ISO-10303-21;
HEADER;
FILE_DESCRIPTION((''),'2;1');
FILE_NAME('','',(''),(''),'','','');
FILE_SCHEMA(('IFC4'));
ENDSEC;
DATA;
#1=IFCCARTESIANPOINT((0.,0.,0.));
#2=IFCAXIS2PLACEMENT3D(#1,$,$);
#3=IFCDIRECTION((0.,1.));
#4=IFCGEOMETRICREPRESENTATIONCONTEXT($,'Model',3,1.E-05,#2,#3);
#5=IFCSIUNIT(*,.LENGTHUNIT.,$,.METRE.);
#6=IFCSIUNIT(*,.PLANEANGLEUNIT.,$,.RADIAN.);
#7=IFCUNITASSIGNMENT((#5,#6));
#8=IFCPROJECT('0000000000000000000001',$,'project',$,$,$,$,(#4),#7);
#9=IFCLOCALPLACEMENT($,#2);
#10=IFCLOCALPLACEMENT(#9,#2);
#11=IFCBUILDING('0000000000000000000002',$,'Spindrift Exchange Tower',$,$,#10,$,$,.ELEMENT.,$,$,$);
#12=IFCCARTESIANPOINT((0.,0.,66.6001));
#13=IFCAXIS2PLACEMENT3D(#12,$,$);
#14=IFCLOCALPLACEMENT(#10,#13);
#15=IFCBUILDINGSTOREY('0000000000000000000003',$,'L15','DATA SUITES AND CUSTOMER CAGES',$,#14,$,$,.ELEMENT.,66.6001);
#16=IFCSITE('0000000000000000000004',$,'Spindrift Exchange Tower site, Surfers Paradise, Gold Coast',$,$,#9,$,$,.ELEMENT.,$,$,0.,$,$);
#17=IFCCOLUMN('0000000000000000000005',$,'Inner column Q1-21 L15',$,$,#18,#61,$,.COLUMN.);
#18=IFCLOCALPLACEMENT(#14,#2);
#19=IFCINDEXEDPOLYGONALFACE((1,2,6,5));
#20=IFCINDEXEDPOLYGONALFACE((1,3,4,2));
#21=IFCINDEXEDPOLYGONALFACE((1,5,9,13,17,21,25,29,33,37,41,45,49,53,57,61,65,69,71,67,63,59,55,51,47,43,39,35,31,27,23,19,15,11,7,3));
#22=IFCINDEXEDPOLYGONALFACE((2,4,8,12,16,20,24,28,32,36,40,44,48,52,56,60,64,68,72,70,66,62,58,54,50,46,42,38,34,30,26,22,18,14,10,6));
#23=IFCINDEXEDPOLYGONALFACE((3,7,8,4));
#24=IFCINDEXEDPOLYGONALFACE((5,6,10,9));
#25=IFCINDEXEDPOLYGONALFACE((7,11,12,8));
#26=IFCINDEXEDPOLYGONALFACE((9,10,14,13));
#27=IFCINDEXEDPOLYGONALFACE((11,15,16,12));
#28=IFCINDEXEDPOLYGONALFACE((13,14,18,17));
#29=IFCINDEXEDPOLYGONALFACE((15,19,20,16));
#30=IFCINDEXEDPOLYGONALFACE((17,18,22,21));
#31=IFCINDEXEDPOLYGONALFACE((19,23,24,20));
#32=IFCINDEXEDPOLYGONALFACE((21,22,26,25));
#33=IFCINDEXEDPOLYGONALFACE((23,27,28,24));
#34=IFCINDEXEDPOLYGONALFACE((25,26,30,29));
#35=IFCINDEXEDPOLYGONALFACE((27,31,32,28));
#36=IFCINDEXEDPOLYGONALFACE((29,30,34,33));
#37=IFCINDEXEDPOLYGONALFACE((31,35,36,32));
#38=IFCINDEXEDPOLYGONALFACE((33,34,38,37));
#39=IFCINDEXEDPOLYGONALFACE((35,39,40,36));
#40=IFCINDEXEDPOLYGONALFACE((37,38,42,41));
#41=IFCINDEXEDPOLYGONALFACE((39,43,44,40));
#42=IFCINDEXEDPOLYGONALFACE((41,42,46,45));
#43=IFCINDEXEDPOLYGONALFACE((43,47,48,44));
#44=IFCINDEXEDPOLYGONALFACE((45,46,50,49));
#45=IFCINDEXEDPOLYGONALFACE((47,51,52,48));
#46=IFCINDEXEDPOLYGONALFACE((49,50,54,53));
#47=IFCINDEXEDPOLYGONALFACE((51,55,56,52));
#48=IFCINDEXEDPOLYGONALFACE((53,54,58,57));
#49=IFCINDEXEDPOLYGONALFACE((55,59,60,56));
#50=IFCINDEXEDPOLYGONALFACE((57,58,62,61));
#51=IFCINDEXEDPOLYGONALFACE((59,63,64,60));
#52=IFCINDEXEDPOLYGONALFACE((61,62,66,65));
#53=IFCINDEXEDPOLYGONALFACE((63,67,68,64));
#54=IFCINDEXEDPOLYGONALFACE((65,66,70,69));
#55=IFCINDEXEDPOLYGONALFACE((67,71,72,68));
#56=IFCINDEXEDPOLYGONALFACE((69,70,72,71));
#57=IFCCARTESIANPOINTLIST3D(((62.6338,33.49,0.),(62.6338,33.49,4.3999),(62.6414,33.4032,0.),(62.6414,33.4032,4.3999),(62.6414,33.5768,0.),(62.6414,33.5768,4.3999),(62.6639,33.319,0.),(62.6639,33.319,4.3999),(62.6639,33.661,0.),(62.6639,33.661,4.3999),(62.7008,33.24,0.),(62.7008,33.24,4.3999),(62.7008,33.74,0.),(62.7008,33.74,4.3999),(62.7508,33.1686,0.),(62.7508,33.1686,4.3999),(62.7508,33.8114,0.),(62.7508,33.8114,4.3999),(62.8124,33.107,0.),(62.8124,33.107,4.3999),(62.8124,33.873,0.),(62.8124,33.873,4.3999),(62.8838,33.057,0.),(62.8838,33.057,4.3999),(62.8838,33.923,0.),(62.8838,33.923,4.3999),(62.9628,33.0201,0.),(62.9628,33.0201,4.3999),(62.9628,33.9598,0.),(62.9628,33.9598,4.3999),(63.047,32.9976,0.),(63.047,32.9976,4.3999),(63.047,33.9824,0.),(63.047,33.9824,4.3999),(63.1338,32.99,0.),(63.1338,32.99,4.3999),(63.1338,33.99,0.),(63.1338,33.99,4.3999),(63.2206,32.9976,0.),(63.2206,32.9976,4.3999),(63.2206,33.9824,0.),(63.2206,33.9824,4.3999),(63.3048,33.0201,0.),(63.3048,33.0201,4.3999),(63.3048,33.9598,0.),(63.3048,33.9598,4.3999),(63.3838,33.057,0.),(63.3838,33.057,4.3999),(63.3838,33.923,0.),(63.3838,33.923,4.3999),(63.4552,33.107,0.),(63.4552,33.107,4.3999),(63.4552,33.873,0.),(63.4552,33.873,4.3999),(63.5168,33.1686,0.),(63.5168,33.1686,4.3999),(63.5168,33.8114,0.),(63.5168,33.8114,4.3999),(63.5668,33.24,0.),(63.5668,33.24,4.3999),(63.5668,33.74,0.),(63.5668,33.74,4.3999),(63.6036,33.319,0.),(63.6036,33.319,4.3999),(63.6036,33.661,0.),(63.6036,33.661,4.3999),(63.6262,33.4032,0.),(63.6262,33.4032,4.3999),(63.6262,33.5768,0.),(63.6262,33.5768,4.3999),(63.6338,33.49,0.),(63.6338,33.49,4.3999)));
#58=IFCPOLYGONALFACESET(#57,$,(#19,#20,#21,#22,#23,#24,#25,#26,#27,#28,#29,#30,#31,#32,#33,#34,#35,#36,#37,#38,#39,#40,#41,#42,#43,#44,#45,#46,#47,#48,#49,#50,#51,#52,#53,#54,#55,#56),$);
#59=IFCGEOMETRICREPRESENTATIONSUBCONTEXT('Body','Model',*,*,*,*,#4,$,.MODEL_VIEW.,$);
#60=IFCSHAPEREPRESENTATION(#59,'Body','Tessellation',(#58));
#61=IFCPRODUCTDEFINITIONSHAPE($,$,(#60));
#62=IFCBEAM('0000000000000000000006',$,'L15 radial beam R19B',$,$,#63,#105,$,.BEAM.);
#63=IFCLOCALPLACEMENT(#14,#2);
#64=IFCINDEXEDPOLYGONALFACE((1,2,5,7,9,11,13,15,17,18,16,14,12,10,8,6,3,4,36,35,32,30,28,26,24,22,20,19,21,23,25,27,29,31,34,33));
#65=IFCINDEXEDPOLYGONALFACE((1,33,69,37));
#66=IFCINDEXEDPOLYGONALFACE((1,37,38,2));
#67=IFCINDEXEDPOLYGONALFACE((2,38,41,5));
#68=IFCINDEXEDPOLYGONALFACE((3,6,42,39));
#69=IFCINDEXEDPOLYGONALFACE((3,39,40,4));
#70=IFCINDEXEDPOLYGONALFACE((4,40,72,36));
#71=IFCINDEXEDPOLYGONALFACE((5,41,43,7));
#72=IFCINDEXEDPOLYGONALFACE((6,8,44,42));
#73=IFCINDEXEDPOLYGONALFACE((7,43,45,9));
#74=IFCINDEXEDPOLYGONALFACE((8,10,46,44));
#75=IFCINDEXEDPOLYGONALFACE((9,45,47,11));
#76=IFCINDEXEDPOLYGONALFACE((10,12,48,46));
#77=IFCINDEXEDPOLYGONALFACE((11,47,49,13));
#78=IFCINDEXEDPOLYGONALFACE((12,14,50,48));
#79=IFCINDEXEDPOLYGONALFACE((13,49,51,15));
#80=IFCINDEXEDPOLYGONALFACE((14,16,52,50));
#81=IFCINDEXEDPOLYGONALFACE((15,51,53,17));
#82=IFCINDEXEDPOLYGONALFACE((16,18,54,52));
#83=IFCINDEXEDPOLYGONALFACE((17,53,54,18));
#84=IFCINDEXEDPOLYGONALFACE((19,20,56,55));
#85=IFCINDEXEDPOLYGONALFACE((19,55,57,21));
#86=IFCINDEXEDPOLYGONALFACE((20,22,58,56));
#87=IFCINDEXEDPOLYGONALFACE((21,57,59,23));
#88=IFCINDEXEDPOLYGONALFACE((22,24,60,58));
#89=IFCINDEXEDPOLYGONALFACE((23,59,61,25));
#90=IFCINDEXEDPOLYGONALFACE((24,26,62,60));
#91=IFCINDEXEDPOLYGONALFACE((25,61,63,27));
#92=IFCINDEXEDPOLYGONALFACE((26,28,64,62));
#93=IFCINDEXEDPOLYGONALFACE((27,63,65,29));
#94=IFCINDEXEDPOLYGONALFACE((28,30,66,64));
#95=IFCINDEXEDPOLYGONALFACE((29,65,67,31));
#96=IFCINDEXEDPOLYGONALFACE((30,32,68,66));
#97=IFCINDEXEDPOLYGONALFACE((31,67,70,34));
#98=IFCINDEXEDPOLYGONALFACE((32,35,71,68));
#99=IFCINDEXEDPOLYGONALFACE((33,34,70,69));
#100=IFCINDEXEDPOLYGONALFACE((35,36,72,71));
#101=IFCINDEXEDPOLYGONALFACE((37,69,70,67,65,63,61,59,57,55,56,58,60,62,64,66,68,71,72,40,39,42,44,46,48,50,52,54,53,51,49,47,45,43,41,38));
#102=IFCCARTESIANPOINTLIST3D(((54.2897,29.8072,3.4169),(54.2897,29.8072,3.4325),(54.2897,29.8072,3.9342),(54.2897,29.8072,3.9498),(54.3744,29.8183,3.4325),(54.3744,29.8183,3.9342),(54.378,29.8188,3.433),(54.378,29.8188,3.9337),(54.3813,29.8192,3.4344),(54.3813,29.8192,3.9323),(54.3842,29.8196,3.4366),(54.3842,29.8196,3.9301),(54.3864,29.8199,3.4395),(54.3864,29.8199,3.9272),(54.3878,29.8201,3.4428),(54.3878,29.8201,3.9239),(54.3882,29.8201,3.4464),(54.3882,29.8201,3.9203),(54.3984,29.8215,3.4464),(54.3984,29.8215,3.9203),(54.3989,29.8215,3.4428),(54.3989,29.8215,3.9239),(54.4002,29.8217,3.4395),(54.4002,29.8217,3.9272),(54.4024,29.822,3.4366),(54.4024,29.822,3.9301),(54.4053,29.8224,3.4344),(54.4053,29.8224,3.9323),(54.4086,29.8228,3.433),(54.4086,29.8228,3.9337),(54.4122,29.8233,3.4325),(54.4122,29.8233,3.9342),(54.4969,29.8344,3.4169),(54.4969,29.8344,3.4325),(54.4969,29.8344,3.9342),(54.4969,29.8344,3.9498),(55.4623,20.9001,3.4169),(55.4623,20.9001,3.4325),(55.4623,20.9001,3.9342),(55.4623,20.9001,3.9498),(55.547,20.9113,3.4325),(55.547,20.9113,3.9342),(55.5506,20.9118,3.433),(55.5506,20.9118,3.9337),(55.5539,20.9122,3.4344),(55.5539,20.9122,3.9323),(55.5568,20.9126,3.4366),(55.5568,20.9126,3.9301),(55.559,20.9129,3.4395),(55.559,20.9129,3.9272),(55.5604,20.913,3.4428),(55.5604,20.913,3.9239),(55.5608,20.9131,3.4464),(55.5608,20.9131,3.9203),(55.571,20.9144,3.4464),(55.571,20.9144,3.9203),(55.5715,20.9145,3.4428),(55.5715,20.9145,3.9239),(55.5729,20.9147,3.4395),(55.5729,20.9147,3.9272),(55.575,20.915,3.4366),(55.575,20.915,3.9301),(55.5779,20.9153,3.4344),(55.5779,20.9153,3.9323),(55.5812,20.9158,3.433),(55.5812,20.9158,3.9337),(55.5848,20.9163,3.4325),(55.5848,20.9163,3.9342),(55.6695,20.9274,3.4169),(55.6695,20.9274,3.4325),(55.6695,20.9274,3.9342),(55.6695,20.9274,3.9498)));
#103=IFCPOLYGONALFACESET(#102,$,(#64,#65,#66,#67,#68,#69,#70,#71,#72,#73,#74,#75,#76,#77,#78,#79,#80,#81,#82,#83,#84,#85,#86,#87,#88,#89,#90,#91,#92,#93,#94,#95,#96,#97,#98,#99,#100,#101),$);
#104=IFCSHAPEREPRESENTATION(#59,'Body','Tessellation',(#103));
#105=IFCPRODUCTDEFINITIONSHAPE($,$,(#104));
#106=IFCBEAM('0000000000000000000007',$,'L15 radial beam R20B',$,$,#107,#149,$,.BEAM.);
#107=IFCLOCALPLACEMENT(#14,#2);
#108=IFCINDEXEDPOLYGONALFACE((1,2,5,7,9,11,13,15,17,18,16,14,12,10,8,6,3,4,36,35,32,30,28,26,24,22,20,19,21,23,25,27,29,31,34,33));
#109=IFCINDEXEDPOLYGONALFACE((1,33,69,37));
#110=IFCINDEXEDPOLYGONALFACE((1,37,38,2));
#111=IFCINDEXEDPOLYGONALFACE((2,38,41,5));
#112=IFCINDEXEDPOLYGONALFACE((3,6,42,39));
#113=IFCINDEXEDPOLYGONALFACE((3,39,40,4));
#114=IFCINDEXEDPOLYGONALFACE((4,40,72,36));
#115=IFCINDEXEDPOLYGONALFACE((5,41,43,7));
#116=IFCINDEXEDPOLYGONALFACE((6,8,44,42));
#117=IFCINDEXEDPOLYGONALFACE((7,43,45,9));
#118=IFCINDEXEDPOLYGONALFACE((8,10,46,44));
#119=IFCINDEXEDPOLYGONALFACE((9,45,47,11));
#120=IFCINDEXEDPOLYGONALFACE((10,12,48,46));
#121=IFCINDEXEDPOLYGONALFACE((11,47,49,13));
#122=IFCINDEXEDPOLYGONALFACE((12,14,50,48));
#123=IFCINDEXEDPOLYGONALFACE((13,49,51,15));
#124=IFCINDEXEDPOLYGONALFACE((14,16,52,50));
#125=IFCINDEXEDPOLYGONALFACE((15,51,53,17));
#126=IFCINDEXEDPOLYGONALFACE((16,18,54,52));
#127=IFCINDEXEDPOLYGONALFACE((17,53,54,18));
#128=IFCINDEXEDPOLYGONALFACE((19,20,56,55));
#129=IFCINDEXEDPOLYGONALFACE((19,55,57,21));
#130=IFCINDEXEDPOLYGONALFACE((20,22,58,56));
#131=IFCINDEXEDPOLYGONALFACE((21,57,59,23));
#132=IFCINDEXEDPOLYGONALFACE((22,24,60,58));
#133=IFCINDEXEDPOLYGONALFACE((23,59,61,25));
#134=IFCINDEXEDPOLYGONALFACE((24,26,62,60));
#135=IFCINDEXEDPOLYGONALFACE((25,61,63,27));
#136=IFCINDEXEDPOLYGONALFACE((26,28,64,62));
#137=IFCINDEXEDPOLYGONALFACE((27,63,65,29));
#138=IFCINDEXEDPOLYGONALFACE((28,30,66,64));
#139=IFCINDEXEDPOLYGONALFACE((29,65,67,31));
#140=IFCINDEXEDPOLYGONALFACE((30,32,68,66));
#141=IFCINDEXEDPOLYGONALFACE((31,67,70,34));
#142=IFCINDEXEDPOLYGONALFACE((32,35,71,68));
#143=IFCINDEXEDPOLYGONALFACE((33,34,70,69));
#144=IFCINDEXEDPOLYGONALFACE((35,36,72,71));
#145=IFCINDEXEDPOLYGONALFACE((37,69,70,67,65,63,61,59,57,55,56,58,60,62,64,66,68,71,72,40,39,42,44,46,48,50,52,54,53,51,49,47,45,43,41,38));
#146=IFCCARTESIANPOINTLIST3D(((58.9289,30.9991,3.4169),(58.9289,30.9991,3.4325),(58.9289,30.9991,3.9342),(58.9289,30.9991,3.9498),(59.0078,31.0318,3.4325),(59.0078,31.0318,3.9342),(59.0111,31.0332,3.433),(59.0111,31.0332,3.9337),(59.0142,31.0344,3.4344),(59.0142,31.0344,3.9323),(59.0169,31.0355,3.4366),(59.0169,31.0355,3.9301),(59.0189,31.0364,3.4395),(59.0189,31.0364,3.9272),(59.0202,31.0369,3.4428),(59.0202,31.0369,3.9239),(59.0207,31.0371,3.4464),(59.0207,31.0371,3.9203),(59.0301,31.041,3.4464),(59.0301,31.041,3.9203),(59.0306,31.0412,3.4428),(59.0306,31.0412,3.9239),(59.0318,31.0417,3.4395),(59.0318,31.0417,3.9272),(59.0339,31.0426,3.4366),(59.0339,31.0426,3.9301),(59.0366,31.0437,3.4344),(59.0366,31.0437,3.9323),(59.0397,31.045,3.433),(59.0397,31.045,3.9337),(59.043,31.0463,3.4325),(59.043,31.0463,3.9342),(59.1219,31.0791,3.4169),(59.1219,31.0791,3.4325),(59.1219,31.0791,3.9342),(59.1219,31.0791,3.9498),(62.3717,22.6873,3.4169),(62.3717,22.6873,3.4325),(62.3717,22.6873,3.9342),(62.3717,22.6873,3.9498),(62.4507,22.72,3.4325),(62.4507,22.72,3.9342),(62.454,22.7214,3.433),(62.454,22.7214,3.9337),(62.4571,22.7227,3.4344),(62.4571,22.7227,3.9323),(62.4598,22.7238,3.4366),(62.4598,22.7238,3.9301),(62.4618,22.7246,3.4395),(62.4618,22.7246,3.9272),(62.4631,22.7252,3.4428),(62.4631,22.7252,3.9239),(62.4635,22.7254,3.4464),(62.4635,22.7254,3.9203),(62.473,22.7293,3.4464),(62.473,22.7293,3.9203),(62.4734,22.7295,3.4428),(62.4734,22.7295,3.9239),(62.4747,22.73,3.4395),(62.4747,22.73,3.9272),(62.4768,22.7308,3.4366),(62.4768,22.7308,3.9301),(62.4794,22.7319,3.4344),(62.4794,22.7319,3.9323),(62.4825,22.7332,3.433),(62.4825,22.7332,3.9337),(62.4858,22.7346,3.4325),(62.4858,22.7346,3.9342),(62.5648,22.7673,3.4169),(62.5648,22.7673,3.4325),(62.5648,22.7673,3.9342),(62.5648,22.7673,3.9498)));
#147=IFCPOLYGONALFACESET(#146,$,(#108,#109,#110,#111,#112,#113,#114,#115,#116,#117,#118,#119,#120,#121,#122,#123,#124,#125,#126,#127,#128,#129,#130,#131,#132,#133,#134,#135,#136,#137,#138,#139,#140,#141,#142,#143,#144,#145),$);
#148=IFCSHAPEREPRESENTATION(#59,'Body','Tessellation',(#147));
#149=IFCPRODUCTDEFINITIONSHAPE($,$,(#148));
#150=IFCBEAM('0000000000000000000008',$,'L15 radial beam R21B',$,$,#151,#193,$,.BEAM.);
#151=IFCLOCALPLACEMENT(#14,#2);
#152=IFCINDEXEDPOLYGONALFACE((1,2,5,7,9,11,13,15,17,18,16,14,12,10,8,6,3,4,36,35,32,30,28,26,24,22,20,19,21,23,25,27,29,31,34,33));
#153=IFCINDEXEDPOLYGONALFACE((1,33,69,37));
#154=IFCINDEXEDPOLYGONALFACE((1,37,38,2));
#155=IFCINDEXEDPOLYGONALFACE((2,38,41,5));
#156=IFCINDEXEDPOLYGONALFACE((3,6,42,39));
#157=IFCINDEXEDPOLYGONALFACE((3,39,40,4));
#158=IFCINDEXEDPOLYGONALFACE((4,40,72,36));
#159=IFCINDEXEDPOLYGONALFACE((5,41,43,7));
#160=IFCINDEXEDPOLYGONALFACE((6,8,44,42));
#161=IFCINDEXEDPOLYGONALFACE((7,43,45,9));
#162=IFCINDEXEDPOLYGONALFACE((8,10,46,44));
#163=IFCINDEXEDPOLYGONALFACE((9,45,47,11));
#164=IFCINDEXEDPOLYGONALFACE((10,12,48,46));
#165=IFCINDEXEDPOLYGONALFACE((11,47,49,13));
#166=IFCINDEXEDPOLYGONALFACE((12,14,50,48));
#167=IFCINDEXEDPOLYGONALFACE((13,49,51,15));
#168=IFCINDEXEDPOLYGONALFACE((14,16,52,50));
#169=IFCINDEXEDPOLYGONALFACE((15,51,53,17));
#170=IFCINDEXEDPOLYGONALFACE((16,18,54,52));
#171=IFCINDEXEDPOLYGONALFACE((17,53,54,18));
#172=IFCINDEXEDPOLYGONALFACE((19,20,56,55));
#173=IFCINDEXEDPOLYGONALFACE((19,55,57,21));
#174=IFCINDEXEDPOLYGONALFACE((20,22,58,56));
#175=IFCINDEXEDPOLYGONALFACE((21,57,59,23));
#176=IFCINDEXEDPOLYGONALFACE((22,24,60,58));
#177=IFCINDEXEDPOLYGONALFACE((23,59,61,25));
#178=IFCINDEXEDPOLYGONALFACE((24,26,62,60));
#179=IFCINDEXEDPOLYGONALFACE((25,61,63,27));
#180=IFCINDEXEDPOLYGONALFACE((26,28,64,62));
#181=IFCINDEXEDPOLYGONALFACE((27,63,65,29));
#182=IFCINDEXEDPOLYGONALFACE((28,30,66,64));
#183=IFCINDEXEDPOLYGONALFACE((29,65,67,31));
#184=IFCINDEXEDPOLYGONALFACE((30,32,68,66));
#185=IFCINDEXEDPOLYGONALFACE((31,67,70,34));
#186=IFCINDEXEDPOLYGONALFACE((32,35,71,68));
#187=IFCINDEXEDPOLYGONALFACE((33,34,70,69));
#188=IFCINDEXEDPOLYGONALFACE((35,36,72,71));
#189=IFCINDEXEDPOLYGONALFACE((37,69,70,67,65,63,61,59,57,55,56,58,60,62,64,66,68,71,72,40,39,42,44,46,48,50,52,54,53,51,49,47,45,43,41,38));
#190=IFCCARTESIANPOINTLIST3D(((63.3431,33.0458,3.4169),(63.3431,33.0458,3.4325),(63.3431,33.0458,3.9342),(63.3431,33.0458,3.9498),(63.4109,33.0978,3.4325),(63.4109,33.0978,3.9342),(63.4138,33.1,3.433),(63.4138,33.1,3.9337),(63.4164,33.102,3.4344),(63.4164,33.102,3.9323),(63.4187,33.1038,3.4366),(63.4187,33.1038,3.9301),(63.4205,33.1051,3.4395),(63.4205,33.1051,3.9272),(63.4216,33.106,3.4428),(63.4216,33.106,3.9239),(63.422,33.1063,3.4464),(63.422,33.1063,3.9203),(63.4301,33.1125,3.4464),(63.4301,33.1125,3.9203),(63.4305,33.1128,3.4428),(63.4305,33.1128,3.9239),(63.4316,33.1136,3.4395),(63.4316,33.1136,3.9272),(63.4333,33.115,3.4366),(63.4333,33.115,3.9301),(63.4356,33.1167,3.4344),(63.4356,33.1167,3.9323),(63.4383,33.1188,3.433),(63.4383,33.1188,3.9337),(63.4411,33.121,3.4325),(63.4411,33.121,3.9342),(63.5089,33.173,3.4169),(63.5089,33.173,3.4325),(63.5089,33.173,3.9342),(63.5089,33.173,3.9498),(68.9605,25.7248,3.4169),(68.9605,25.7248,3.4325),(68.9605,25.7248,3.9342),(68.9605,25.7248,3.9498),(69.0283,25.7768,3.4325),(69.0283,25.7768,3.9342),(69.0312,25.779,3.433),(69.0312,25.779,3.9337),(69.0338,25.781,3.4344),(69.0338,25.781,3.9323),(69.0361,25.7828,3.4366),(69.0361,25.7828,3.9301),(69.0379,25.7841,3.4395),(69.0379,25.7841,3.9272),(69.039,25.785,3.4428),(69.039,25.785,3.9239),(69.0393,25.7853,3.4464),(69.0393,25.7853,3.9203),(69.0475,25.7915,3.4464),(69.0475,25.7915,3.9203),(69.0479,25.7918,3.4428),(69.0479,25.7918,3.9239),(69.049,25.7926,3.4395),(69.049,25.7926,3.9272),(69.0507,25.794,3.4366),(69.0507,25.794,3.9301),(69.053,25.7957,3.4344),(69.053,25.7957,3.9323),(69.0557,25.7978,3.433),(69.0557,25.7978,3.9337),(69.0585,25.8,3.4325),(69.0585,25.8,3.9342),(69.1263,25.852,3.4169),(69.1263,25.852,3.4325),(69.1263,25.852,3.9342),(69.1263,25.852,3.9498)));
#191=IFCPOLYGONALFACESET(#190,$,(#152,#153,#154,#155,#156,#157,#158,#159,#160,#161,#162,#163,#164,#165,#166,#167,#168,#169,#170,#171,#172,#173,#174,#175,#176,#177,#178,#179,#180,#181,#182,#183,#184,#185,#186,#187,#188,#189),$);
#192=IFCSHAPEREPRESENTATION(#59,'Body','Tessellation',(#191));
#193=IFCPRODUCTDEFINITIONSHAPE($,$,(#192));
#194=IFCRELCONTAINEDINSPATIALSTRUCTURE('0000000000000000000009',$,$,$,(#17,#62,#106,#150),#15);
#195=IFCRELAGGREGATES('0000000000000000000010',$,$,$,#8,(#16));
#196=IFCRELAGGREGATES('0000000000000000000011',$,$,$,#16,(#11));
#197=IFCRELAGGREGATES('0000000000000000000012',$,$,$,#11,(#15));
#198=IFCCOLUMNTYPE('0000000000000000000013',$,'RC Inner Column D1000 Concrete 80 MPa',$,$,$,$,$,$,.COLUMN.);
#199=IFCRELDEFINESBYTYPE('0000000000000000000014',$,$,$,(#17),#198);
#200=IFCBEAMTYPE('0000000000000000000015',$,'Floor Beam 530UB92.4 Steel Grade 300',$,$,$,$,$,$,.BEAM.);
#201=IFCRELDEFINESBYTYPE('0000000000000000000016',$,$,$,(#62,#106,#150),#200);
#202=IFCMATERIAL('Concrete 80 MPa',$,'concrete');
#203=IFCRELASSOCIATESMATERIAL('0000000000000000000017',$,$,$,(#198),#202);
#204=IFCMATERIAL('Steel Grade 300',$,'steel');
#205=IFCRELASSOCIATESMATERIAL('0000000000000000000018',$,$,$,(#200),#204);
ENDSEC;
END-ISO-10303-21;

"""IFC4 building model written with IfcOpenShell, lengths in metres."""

from ifc_helpers import new_model, si_unit, direction, frame, origin, origin_2d, place, context, subcontext, project, spatial, circle, i_section, extrude, source, transform, mapped, material, material_profile, profile_set, type_object, element, save


model = new_model("IFC4")

# Units and contexts
model_context = context("Model", 3, precision=1e-05, world=origin(), true_north=direction((0.0, 1.0)))
body_context = subcontext(model_context, "Body", "Model", "MODEL_VIEW")
ifc_project = project(units=[si_unit("LENGTHUNIT", "METRE"), si_unit("PLANEANGLEUNIT", "RADIAN")], contexts=[model_context])

# Site, building, storey
site_placement = place(None, origin())
site = spatial("IfcSite", under=ifc_project, at=site_placement, Name="Spindrift Exchange Tower site, Surfers Paradise, Gold Coast", CompositionType="ELEMENT", RefElevation=0.0)
building_placement = place(site_placement, origin())
building = spatial("IfcBuilding", under=site, at=building_placement, Name="Spindrift Exchange Tower", CompositionType="ELEMENT")
storey_placement = place(building_placement, frame((0.0, 0.0, 66.6001)))
storey = spatial("IfcBuildingStorey", under=building, at=storey_placement, Name="L15", Description="DATA SUITES AND CUSTOMER CAGES", CompositionType="ELEMENT", Elevation=66.6001)

# Column
ifc_material_1 = material(Name="Concrete 80 MPa", Category="concrete")
ifc_material_profile_1 = material_profile(ifc_material_1, circle(Radius=0.5, at=origin_2d()), Name="RC D1000")
ifc_profile_set_1 = profile_set([ifc_material_profile_1], Name="Concrete 80 MPa")
column_type_1 = type_object("IfcColumnType", Name="RC Inner Column D1000 Concrete 80 MPa", PredefinedType="COLUMN", material=ifc_profile_set_1)
shared_shape_1 = source(origin(), body_context, "Body", "SweptSolid", [
    extrude(circle(Radius=0.5, at=origin_2d()), origin(), (0.0, 0.0, 1.0), 4.3999),
])
for number, where, z_axis, x_axis, name in (
    (1, (63.1338, 33.49, 0.0), (0.0, 0.0, 1.0), (1.0, 0.0, 0.0), "Inner column Q1-21 L15"),
):
    element("IfcColumn", number, at=place(storey_placement, frame(where, z_axis=z_axis, x_axis=x_axis)), inside=storey, type_object=column_type_1, Name=name, PredefinedType="COLUMN", context=body_context, shape_type="MappedRepresentation", body=[
        mapped(shared_shape_1, transform((0.0, 0.0, 0.0), scale=1.0)),
    ])

# Beams
ifc_material_2 = material(Name="Steel Grade 300", Category="steel")
ifc_material_profile_2 = material_profile(ifc_material_2, i_section(OverallWidth=0.209, OverallDepth=0.533, WebThickness=0.0103, FlangeThickness=0.0156, FilletRadius=0.0139, at=origin_2d()), Name="530UB92.4")
ifc_profile_set_2 = profile_set([ifc_material_profile_2], Name="Steel Grade 300")
beam_type_1 = type_object("IfcBeamType", Name="Floor Beam 530UB92.4 Steel Grade 300", PredefinedType="BEAM", material=ifc_profile_set_2)
shared_shape_2 = source(origin(), body_context, "Body", "SweptSolid", [
    extrude(i_section(OverallWidth=0.209, OverallDepth=0.533, WebThickness=0.0103, FlangeThickness=0.0156, FilletRadius=0.0139, at=origin_2d()), origin(), (0.0, 0.0, 1.0), 8.9839),
])
beam_1_placement = place(storey_placement, frame((54.3933, 29.8208, 3.6833), z_axis=(0.130524, -0.991445, 0.0), x_axis=(0.991445, 0.130524, 0.0)))
element("IfcBeam", 2, at=beam_1_placement, inside=storey, type_object=beam_type_1, Name="L15 radial beam R19B", PredefinedType="BEAM", context=body_context, shape_type="MappedRepresentation", body=[
    mapped(shared_shape_2, transform((0.0, 0.0, 0.0), scale=1.0)),
])
shared_shape_3 = source(origin(), body_context, "Body", "SweptSolid", [
    extrude(i_section(OverallWidth=0.209, OverallDepth=0.533, WebThickness=0.0103, FlangeThickness=0.0156, FilletRadius=0.0139, at=origin_2d()), origin(), (0.0, 0.0, 1.0), 8.9966),
])
beam_2_placement = place(storey_placement, frame((59.0254, 31.0391, 3.6833), z_axis=(0.382686, -0.923879, 0.0), x_axis=(0.923879, 0.382686, 0.0)))
element("IfcBeam", 3, at=beam_2_placement, inside=storey, type_object=beam_type_1, Name="L15 radial beam R20B", PredefinedType="BEAM", context=body_context, shape_type="MappedRepresentation", body=[
    mapped(shared_shape_3, transform((0.0, 0.0, 0.0), scale=1.0)),
])
shared_shape_4 = source(origin(), body_context, "Body", "SweptSolid", [
    extrude(i_section(OverallWidth=0.209, OverallDepth=0.533, WebThickness=0.0103, FlangeThickness=0.0156, FilletRadius=0.0139, at=origin_2d()), origin(), (0.0, 0.0, 1.0), 9.2278),
])
beam_3_placement = place(storey_placement, frame((63.426, 33.1094, 3.6833), z_axis=(0.608748, -0.793364, 0.0), x_axis=(0.793364, 0.608748, 0.0)))
element("IfcBeam", 4, at=beam_3_placement, inside=storey, type_object=beam_type_1, Name="L15 radial beam R21B", PredefinedType="BEAM", context=body_context, shape_type="MappedRepresentation", body=[
    mapped(shared_shape_4, transform((0.0, 0.0, 0.0), scale=1.0)),
])

save(model, "model.ifc")
